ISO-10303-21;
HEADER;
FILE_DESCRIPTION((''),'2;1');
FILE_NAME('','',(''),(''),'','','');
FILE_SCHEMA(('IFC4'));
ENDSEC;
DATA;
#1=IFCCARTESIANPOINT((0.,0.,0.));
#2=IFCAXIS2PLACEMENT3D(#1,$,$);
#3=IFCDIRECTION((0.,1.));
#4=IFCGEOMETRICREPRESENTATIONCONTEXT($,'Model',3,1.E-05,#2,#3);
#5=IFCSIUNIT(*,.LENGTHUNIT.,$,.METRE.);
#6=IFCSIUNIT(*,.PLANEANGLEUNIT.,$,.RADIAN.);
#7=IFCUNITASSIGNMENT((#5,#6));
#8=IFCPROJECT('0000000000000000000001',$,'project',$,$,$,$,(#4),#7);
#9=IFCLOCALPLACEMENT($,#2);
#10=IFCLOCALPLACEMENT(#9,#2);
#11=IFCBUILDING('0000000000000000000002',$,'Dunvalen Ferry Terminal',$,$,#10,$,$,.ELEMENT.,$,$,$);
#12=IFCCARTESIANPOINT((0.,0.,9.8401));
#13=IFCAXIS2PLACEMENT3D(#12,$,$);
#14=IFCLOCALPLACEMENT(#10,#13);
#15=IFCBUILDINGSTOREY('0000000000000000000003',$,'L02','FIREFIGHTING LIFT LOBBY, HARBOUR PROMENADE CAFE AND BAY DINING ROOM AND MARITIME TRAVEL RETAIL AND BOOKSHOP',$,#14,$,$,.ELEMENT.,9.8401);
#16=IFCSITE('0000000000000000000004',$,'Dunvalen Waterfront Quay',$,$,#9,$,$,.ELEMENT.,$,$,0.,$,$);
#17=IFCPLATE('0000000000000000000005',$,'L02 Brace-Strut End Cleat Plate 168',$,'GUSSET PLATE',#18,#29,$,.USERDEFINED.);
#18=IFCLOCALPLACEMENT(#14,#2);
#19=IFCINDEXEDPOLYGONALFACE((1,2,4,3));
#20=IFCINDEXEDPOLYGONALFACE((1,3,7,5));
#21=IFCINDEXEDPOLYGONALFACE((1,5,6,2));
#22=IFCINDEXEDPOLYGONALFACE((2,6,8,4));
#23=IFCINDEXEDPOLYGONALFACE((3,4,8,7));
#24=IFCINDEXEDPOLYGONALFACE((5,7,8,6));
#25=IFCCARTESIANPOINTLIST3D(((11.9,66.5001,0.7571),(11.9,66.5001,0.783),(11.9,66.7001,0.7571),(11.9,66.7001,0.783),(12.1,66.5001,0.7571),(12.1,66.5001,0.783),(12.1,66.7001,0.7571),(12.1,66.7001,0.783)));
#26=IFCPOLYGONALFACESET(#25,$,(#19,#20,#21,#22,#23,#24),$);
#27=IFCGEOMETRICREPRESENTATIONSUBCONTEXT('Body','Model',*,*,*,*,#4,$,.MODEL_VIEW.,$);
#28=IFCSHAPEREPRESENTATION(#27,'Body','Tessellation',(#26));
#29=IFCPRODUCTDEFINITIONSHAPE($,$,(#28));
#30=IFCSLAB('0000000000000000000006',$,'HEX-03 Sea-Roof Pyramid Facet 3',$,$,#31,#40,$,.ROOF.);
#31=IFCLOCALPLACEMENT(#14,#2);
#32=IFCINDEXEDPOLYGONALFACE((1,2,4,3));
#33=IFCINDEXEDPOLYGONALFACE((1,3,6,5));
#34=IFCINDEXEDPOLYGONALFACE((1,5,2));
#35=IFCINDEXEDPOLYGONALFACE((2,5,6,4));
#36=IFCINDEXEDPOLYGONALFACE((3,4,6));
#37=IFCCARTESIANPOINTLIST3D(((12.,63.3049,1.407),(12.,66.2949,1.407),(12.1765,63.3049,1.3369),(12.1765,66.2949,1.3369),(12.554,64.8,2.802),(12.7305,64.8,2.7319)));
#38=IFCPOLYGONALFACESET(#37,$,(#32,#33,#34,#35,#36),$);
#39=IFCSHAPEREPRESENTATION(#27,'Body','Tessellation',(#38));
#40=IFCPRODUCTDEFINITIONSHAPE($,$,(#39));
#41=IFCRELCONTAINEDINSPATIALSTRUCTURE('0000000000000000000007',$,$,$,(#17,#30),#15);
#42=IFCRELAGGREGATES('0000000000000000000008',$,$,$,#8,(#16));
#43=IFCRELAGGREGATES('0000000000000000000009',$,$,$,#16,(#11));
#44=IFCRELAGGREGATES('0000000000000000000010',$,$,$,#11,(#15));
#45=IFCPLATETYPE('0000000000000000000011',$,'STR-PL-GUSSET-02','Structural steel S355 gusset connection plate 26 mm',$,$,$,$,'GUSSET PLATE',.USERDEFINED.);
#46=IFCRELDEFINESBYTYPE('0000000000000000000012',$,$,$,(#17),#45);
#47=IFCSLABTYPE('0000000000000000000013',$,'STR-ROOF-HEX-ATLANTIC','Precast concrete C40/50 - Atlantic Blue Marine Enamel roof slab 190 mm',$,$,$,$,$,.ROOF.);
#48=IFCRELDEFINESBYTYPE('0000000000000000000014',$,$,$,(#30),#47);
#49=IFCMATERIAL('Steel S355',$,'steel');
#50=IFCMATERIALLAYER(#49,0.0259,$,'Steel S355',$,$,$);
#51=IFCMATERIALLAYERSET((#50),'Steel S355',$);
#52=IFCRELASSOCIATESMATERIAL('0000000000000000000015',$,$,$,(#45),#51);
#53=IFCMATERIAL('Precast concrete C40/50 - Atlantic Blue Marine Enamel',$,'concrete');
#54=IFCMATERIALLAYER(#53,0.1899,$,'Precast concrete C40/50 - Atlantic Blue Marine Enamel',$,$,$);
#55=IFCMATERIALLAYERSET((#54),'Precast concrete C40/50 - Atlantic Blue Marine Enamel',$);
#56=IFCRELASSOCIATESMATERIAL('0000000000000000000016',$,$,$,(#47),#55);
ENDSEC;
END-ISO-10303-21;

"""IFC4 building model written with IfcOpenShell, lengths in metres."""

from ifc_helpers import new_model, si_unit, direction, frame, origin, origin_2d, place, context, subcontext, project, spatial, polyline, rectangle, outline, extrude, material, layer, layer_set, type_object, element, save


model = new_model("IFC4")

# Units and contexts
model_context = context("Model", 3, precision=1e-05, world=origin(), true_north=direction((0.0, 1.0)))
body_context = subcontext(model_context, "Body", "Model", "MODEL_VIEW")
ifc_project = project(units=[si_unit("LENGTHUNIT", "METRE"), si_unit("PLANEANGLEUNIT", "RADIAN")], contexts=[model_context])

# Site, building, storey
site_placement = place(None, origin())
site = spatial("IfcSite", under=ifc_project, at=site_placement, Name="Dunvalen Waterfront Quay", CompositionType="ELEMENT", RefElevation=0.0)
building_placement = place(site_placement, origin())
building = spatial("IfcBuilding", under=site, at=building_placement, Name="Dunvalen Ferry Terminal", CompositionType="ELEMENT")
storey_placement = place(building_placement, frame((0.0, 0.0, 9.8401)))
storey = spatial("IfcBuildingStorey", under=building, at=storey_placement, Name="L02", Description="FIREFIGHTING LIFT LOBBY, HARBOUR PROMENADE CAFE AND BAY DINING ROOM AND MARITIME TRAVEL RETAIL AND BOOKSHOP", CompositionType="ELEMENT", Elevation=9.8401)

# Shared definitions
ifc_material_1 = material(Name="Steel S355", Category="steel")

# Plate
ifc_layer_1 = layer(ifc_material_1, 0.0259, Name="Steel S355")
ifc_layer_set_1 = layer_set([ifc_layer_1], Name="Steel S355")
plate_type_1 = type_object("IfcPlateType", Name="STR-PL-GUSSET-02", Description="Structural steel S355 gusset connection plate 26 mm", ElementType="GUSSET PLATE", PredefinedType="USERDEFINED", material=ifc_layer_set_1)
for number, where, z_axis, x_axis, name in (
    (1, (12.0, 66.6001, 0.7571), (0.0, 0.0, 1.0), (1.0, 0.0, 0.0), "L02 Brace-Strut End Cleat Plate 168"),
):
    element("IfcPlate", number, at=place(storey_placement, frame(where, z_axis=z_axis, x_axis=x_axis)), inside=storey, type_object=plate_type_1, Name=name, ObjectType="GUSSET PLATE", PredefinedType="USERDEFINED", context=body_context, shape_type="SweptSolid", body=[
        extrude(rectangle(XDim=0.2, YDim=0.2, at=origin_2d()), origin(), (0.0, 0.0, 1.0), 0.0259),
    ])

# Slab
ifc_material_2 = material(Name="Precast concrete C40/50 - Atlantic Blue Marine Enamel", Category="concrete")
ifc_layer_2 = layer(ifc_material_2, 0.1899, Name="Precast concrete C40/50 - Atlantic Blue Marine Enamel")
ifc_layer_set_2 = layer_set([ifc_layer_2], Name="Precast concrete C40/50 - Atlantic Blue Marine Enamel")
slab_type = type_object("IfcSlabType", Name="STR-ROOF-HEX-ATLANTIC", Description="Precast concrete C40/50 - Atlantic Blue Marine Enamel roof slab 190 mm", PredefinedType="ROOF", material=ifc_layer_set_2)
slab_placement = place(storey_placement, frame((12.0, 66.2949, 1.407), z_axis=(-0.929405, 0.0, 0.369062), x_axis=(0.0, -1.0, 0.0)))
element("IfcSlab", 2, at=slab_placement, inside=storey, type_object=slab_type, Name="HEX-03 Sea-Roof Pyramid Facet 3", PredefinedType="ROOF", context=body_context, shape_type="SweptSolid", body=[
    extrude(outline(polyline([(0.0, 0.0), (2.99, 0.0), (1.4949, 1.501), (0.0, 0.0)])), origin(), (0.0, 0.0, -1.0), 0.1899),
])

save(model, "model.ifc")
